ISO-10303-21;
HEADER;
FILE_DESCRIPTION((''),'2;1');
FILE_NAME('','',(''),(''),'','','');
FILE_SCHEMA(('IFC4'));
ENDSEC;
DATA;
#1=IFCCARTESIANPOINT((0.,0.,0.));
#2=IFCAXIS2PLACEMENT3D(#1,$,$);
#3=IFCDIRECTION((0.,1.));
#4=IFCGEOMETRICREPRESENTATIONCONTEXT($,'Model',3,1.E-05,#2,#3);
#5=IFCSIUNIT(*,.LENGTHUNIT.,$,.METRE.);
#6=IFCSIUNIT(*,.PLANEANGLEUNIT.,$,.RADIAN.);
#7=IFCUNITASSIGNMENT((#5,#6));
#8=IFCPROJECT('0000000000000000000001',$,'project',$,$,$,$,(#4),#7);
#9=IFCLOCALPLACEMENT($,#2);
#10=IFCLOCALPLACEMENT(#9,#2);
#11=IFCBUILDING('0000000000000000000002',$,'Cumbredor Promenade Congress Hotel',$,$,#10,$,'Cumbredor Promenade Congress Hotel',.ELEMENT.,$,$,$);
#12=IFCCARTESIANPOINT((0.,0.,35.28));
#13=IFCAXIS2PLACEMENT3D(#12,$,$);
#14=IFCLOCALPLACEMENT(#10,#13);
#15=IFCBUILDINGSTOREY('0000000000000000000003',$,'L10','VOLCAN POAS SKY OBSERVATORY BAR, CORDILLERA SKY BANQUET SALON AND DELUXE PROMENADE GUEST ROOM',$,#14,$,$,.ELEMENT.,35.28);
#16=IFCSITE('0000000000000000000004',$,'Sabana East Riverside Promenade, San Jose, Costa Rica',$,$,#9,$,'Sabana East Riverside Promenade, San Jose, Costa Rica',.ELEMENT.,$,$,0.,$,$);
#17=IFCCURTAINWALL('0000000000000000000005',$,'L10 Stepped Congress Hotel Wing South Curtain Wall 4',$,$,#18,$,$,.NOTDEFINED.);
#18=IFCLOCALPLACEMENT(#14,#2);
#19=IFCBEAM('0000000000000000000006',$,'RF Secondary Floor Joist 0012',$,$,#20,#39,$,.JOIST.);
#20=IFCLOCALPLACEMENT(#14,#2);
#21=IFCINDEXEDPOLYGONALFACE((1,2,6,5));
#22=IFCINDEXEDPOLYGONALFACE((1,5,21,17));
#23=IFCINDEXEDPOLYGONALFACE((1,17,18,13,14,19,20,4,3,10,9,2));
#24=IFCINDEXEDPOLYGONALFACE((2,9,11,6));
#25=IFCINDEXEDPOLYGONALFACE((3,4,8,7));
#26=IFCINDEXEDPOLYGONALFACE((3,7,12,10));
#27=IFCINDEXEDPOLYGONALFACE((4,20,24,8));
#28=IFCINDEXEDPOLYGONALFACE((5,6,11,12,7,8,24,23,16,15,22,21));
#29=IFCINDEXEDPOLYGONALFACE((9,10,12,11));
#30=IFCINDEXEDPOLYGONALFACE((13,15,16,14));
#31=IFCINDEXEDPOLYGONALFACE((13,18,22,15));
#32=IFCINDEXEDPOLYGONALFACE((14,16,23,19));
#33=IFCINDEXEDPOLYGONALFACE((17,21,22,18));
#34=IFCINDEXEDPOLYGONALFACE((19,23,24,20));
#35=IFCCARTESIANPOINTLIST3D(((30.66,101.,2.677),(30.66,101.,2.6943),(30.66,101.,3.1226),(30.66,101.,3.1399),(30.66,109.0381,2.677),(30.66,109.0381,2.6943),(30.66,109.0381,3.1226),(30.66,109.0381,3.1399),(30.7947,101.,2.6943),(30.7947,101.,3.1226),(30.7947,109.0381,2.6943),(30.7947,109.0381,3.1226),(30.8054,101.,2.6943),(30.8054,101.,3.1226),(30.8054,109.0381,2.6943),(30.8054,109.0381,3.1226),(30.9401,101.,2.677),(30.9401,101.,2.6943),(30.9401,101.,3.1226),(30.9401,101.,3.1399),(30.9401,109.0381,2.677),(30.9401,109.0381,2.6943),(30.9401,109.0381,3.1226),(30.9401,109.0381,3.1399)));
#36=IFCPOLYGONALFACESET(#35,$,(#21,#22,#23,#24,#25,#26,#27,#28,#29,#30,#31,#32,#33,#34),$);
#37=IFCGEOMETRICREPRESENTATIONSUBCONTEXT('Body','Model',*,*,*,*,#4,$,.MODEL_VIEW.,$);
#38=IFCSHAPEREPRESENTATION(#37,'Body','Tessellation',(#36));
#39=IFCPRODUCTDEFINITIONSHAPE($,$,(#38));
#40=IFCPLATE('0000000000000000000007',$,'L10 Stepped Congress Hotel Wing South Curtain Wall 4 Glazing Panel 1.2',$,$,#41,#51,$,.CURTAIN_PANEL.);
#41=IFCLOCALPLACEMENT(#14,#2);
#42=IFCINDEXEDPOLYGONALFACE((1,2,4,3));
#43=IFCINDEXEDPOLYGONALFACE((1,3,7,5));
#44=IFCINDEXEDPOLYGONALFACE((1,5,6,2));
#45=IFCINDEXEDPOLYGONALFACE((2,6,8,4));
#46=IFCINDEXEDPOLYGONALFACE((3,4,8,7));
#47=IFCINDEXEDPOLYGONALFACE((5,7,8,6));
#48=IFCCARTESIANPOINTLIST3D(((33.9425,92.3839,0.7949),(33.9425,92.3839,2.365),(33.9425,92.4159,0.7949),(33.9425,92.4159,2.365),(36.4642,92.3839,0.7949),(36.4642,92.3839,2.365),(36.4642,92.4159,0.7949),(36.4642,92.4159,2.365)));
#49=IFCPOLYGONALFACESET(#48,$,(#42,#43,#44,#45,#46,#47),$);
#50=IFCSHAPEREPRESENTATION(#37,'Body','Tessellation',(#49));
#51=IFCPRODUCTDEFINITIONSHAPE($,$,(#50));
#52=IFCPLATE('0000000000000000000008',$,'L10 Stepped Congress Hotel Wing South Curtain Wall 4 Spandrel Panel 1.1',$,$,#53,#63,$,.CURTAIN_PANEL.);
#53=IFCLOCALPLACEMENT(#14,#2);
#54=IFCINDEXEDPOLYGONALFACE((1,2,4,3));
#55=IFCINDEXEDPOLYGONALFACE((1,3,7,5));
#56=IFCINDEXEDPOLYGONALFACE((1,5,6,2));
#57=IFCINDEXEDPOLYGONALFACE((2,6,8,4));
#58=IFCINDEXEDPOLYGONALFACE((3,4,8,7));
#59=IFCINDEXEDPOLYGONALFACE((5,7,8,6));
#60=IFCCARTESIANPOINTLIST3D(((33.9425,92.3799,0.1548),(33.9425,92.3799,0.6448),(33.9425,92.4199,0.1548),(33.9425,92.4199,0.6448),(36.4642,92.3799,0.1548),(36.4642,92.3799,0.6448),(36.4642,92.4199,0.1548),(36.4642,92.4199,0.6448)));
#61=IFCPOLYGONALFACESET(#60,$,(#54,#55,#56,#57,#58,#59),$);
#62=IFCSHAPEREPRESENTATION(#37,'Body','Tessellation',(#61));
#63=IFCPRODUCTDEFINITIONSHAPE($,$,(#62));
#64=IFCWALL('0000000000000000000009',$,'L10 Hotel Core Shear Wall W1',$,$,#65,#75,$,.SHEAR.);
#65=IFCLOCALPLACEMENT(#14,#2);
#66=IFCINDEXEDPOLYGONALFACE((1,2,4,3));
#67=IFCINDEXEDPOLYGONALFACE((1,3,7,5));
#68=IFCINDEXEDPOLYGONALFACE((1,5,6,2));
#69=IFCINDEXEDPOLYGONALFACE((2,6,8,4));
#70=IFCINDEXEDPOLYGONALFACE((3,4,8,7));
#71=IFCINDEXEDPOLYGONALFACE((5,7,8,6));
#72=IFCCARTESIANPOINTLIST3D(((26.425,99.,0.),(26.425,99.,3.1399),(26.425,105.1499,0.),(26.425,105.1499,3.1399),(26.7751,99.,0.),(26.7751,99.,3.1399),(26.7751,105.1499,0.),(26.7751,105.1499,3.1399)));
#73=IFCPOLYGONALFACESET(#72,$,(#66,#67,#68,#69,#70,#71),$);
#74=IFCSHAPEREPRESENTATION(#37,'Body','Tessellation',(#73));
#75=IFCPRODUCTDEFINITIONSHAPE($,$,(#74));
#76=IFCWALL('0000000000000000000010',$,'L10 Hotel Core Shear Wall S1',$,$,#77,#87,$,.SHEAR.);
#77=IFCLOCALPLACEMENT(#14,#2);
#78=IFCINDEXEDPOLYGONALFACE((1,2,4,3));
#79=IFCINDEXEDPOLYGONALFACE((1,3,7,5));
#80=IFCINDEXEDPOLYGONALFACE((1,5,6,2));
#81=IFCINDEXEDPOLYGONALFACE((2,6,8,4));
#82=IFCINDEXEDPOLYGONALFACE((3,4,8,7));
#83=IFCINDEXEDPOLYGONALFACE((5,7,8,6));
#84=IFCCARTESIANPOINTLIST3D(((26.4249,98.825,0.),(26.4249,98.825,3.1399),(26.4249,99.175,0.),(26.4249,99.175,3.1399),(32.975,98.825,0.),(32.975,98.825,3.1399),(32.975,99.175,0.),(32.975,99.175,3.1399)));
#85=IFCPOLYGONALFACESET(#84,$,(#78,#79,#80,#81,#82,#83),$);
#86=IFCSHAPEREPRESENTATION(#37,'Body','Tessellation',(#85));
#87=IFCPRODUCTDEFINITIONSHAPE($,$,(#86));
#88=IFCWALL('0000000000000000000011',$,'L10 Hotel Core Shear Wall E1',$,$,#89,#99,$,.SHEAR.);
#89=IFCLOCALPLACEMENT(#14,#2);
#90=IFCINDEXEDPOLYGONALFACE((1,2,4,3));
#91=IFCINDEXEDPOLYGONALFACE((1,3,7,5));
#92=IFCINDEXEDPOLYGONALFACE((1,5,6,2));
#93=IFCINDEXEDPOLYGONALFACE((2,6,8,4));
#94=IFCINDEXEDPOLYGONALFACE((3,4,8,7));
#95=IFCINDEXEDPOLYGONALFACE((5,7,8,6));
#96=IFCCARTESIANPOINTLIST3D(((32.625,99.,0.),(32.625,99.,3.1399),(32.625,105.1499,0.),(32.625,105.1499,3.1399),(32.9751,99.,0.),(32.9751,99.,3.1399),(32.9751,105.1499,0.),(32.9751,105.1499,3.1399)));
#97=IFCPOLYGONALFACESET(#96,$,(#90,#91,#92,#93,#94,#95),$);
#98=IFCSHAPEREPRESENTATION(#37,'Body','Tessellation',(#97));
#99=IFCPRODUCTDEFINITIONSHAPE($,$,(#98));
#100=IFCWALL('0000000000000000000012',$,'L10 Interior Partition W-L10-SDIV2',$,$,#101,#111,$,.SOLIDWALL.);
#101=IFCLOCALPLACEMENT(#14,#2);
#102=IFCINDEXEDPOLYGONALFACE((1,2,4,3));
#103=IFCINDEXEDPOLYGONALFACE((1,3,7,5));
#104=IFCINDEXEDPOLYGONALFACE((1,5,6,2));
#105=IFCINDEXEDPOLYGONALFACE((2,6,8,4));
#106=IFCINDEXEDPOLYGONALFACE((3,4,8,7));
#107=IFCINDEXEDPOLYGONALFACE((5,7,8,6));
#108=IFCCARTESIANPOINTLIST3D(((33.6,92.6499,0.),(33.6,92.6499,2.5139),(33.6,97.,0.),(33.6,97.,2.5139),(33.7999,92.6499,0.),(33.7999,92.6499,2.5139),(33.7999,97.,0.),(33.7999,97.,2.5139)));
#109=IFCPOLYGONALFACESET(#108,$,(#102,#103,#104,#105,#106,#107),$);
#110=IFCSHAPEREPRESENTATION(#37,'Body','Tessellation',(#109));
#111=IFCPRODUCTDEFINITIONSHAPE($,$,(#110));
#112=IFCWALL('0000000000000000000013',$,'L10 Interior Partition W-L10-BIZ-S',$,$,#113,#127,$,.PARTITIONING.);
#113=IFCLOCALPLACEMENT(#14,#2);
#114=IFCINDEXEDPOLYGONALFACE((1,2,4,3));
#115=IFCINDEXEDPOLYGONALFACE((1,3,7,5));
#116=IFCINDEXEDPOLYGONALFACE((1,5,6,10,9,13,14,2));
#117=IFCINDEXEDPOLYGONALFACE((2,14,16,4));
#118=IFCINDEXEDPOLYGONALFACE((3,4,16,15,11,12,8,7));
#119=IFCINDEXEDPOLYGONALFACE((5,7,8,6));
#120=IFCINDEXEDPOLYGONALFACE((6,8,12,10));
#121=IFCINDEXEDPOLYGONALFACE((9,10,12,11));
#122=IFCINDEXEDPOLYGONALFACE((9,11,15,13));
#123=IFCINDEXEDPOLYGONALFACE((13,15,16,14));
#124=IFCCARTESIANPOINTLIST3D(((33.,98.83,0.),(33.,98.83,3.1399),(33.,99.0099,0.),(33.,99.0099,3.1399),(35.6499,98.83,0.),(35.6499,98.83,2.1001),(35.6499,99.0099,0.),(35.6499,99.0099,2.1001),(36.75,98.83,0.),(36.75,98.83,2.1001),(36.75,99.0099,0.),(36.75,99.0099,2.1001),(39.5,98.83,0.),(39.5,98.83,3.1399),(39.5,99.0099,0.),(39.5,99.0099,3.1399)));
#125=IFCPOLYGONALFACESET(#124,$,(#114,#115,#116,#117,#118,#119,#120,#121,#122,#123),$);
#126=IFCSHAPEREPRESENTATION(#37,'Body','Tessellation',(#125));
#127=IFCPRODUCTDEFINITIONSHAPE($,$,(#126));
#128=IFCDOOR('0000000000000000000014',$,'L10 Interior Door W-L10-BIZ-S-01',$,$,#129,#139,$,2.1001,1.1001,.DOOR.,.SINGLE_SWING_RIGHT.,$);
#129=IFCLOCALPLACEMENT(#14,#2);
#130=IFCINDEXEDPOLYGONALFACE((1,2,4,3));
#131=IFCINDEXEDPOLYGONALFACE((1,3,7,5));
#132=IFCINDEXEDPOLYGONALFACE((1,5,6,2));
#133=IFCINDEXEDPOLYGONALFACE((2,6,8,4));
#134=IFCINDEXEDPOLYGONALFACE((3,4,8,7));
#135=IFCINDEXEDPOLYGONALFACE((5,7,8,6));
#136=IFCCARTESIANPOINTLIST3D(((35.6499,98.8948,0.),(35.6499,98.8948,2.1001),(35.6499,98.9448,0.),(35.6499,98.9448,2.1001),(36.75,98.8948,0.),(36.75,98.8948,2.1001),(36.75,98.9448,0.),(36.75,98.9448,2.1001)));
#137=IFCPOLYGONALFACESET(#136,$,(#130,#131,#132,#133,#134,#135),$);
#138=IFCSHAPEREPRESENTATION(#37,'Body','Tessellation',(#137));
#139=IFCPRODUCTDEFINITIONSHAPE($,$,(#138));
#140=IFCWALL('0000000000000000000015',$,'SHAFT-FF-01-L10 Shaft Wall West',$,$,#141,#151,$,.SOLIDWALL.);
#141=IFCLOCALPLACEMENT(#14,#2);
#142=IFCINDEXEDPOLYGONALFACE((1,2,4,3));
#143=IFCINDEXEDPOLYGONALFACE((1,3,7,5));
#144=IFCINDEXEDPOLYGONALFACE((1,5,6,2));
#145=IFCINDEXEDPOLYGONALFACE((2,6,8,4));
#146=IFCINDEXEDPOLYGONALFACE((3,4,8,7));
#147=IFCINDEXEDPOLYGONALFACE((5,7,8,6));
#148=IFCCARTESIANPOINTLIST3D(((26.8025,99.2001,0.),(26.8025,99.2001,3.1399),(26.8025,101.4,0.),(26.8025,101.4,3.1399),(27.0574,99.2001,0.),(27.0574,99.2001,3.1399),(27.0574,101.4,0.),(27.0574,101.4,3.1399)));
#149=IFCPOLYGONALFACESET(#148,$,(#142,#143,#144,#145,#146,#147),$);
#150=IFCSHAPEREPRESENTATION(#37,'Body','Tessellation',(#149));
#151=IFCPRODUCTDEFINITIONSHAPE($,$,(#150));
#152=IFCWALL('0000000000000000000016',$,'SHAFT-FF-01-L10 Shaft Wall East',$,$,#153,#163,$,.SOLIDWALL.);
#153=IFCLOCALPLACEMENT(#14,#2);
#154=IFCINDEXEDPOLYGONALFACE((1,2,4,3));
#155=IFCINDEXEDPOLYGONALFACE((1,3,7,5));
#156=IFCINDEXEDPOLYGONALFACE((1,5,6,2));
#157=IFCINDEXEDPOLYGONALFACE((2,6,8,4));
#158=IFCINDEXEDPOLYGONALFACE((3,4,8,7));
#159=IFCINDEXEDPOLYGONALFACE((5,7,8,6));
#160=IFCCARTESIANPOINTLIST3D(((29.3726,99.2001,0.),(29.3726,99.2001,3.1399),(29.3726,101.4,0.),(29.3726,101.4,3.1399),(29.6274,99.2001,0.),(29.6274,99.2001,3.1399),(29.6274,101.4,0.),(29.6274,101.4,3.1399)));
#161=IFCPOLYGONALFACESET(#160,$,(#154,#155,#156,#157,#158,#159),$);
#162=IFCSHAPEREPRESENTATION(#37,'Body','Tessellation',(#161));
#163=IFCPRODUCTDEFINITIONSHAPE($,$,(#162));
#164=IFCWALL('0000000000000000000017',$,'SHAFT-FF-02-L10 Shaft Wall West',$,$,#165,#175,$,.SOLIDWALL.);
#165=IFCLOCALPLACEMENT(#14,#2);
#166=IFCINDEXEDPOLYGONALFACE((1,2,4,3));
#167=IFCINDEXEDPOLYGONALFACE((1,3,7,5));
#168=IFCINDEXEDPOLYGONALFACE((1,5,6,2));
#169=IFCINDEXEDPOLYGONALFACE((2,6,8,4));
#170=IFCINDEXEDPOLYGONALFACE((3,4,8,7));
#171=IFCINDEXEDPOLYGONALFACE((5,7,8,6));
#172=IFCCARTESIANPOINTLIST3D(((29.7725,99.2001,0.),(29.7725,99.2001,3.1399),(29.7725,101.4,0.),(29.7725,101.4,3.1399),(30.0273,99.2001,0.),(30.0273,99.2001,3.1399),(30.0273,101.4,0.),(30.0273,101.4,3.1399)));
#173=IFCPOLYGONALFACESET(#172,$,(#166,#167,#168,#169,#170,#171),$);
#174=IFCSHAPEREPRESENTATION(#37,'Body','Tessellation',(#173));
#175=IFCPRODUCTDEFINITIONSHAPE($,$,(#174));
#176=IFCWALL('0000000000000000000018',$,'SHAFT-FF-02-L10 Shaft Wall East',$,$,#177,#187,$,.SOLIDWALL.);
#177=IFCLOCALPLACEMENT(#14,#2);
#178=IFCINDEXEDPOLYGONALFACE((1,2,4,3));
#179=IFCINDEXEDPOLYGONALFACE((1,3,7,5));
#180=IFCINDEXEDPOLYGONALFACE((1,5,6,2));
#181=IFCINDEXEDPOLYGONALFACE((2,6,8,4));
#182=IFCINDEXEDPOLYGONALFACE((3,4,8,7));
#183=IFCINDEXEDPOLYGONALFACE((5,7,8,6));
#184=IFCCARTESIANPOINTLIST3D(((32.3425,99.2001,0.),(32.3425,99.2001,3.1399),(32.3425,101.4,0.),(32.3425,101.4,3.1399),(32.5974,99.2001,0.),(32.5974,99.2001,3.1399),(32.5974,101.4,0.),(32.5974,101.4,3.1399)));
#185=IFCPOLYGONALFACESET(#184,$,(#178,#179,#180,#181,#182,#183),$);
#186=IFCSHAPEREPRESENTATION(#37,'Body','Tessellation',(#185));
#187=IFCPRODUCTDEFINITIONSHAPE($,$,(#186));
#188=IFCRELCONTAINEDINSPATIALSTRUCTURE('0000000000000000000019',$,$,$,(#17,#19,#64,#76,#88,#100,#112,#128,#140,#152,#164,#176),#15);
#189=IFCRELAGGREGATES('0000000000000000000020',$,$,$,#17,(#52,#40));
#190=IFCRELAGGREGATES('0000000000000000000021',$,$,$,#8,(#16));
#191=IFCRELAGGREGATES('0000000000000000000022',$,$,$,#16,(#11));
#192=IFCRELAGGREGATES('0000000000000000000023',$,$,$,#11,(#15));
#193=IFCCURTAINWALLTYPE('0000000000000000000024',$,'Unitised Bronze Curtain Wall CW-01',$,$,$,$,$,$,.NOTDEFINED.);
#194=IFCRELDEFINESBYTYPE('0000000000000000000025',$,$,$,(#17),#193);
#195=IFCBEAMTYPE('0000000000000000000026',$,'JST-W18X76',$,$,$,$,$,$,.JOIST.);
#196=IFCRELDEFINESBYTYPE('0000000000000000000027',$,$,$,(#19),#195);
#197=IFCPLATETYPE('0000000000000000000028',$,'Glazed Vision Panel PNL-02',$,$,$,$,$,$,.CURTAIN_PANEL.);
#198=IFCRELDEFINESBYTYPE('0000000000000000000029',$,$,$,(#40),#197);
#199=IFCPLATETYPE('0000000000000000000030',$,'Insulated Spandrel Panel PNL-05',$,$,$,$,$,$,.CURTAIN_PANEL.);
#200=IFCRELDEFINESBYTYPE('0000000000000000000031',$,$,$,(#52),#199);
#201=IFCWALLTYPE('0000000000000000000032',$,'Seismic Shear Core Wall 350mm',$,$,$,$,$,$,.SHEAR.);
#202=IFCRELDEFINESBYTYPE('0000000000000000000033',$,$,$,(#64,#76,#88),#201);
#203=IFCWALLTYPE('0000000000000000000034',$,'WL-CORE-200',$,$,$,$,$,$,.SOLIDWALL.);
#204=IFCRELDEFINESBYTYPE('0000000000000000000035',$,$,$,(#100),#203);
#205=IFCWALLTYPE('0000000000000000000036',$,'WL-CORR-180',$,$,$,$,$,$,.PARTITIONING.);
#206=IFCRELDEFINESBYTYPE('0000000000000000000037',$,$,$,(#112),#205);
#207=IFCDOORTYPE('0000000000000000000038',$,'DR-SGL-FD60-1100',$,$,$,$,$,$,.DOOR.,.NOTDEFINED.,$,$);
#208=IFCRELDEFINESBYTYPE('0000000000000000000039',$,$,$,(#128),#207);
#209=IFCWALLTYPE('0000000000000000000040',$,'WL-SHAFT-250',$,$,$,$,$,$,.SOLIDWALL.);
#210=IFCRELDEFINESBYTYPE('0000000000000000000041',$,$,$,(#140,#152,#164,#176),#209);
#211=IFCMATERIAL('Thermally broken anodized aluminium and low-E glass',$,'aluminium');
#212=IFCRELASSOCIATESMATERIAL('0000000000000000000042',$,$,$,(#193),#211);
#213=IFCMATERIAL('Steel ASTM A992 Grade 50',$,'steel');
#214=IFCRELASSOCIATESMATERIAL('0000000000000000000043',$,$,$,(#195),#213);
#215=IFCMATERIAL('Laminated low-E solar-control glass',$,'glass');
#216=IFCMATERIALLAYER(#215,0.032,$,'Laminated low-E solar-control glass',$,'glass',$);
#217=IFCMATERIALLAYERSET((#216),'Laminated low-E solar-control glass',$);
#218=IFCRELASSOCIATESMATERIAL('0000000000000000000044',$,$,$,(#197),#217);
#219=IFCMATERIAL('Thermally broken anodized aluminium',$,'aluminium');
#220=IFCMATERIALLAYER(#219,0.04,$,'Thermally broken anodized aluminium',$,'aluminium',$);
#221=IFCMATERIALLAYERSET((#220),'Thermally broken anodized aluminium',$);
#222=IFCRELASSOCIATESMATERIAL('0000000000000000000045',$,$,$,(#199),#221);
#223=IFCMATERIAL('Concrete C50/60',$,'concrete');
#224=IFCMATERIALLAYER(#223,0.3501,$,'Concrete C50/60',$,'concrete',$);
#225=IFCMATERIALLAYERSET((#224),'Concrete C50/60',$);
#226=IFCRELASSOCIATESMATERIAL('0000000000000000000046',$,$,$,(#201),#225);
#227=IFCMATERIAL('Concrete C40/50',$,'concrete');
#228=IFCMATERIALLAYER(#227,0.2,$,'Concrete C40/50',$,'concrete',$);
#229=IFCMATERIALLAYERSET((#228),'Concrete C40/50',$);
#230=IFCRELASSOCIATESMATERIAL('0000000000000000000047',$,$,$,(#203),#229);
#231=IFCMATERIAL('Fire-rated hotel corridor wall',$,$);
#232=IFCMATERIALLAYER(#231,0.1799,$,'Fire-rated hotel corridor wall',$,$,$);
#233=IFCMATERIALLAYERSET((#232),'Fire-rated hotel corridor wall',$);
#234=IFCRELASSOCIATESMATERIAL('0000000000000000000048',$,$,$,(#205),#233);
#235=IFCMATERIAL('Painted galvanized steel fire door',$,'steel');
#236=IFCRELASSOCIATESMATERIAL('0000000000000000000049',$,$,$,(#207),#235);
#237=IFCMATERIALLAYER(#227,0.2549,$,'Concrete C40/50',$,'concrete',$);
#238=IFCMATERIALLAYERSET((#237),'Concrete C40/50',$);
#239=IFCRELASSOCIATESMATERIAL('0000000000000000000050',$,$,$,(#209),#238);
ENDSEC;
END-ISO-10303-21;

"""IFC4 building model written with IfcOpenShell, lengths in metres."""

from ifc_helpers import new_model, si_unit, direction, frame, frame_2d, origin, origin_2d, place, context, subcontext, project, spatial, rectangle, i_section, extrude, material, layer, layer_set, material_profile, profile_set, type_object, element, fill, aggregate, save


model = new_model("IFC4")

# Units and contexts
model_context = context("Model", 3, precision=1e-05, world=origin(), true_north=direction((0.0, 1.0)))
body_context = subcontext(model_context, "Body", "Model", "MODEL_VIEW")
ifc_project = project(units=[si_unit("LENGTHUNIT", "METRE"), si_unit("PLANEANGLEUNIT", "RADIAN")], contexts=[model_context])

# Site, building, storey
site_placement = place(None, origin())
site = spatial("IfcSite", under=ifc_project, at=site_placement, Name="Sabana East Riverside Promenade, San Jose, Costa Rica", LongName="Sabana East Riverside Promenade, San Jose, Costa Rica", CompositionType="ELEMENT", RefElevation=0.0)
building_placement = place(site_placement, origin())
building = spatial("IfcBuilding", under=site, at=building_placement, Name="Cumbredor Promenade Congress Hotel", LongName="Cumbredor Promenade Congress Hotel", CompositionType="ELEMENT")
storey_placement = place(building_placement, frame((0.0, 0.0, 35.28)))
storey = spatial("IfcBuildingStorey", under=building, at=storey_placement, Name="L10", Description="VOLCAN POAS SKY OBSERVATORY BAR, CORDILLERA SKY BANQUET SALON AND DELUXE PROMENADE GUEST ROOM", CompositionType="ELEMENT", Elevation=35.28)

# Shared definitions
ifc_material_1 = material(Name="Concrete C40/50", Category="concrete")

# Curtain wall
ifc_material_2 = material(Name="Thermally broken anodized aluminium and low-E glass", Category="aluminium")
curtain_wall_type = type_object("IfcCurtainWallType", Name="Unitised Bronze Curtain Wall CW-01", PredefinedType="NOTDEFINED", material=ifc_material_2)
curtain_wall_placement = place(storey_placement, origin())
curtain_wall = element("IfcCurtainWall", 1, at=curtain_wall_placement, inside=storey, type_object=curtain_wall_type, Name="L10 Stepped Congress Hotel Wing South Curtain Wall 4", PredefinedType="NOTDEFINED")
ifc_material_3 = material(Name="Thermally broken anodized aluminium", Category="aluminium")

# Beam
ifc_material_4 = material(Name="Steel ASTM A992 Grade 50", Category="steel")
ifc_material_profile_1 = material_profile(ifc_material_4, i_section(OverallWidth=0.28, OverallDepth=0.4629, WebThickness=0.0107, FlangeThickness=0.0173, at=origin_2d()), Name="W18X76")
ifc_profile_set_1 = profile_set([ifc_material_profile_1], Name="Steel ASTM A992 Grade 50")
beam_type_1 = type_object("IfcBeamType", Name="JST-W18X76", PredefinedType="JOIST", material=ifc_profile_set_1)
for number, where, z_axis, x_axis, name in (
    (2, (30.8, 101.0, 2.9084), (0.0, 1.0, 0.0), (-1.0, 0.0, 0.0), "RF Secondary Floor Joist 0012"),
):
    element("IfcBeam", number, at=place(storey_placement, frame(where, z_axis=z_axis, x_axis=x_axis)), inside=storey, type_object=beam_type_1, Name=name, PredefinedType="JOIST", context=body_context, shape_type="SweptSolid", body=[
        extrude(i_section(OverallWidth=0.28, OverallDepth=0.4629, WebThickness=0.0107, FlangeThickness=0.0173, at=origin_2d()), origin(), (0.0, 0.0, 1.0), 8.0381),
    ])

# Plates
ifc_material_5 = material(Name="Laminated low-E solar-control glass", Category="glass")
ifc_layer_1 = layer(ifc_material_5, 0.032, Name="Laminated low-E solar-control glass", Category="glass")
ifc_layer_set_1 = layer_set([ifc_layer_1], Name="Laminated low-E solar-control glass")
plate_type_1 = type_object("IfcPlateType", Name="Glazed Vision Panel PNL-02", PredefinedType="CURTAIN_PANEL", material=ifc_layer_set_1)
plate_1_placement = place(storey_placement, frame((35.2034, 92.3999, 0.7949), z_axis=(0.0, 0.0, 1.0), x_axis=(1.0, 0.0, 0.0)))
plate_1 = element("IfcPlate", 3, at=plate_1_placement, type_object=plate_type_1, Name="L10 Stepped Congress Hotel Wing South Curtain Wall 4 Glazing Panel 1.2", PredefinedType="CURTAIN_PANEL", context=body_context, shape_type="SweptSolid", body=[
    extrude(rectangle(XDim=2.5217, YDim=0.032, at=origin_2d()), origin(), (0.0, 0.0, 1.0), 1.5701),
])
ifc_layer_2 = layer(ifc_material_3, 0.04, Name="Thermally broken anodized aluminium", Category="aluminium")
ifc_layer_set_2 = layer_set([ifc_layer_2], Name="Thermally broken anodized aluminium")
plate_type_2 = type_object("IfcPlateType", Name="Insulated Spandrel Panel PNL-05", PredefinedType="CURTAIN_PANEL", material=ifc_layer_set_2)
plate_2_placement = place(storey_placement, frame((35.2034, 92.3999, 0.1548), z_axis=(0.0, 0.0, 1.0), x_axis=(1.0, 0.0, 0.0)))
plate_2 = element("IfcPlate", 4, at=plate_2_placement, type_object=plate_type_2, Name="L10 Stepped Congress Hotel Wing South Curtain Wall 4 Spandrel Panel 1.1", PredefinedType="CURTAIN_PANEL", context=body_context, shape_type="SweptSolid", body=[
    extrude(rectangle(XDim=2.5217, YDim=0.04, at=origin_2d()), origin(), (0.0, 0.0, 1.0), 0.49),
])
aggregate(curtain_wall, [plate_2, plate_1])

# Walls
ifc_material_6 = material(Name="Concrete C50/60", Category="concrete")
ifc_layer_3 = layer(ifc_material_6, 0.3501, Name="Concrete C50/60", Category="concrete")
ifc_layer_set_3 = layer_set([ifc_layer_3], Name="Concrete C50/60")
wall_type_1 = type_object("IfcWallType", Name="Seismic Shear Core Wall 350mm", PredefinedType="SHEAR", material=ifc_layer_set_3)
wall_1_placement = place(storey_placement, frame((26.6001, 99.0, 0.0), z_axis=(0.0, 0.0, 1.0), x_axis=(0.0, 1.0, 0.0)))
element("IfcWall", 5, at=wall_1_placement, inside=storey, type_object=wall_type_1, Name="L10 Hotel Core Shear Wall W1", PredefinedType="SHEAR", context=body_context, shape_type="SweptSolid", body=[
    extrude(rectangle(XDim=6.1499, YDim=0.3501, at=frame_2d((3.075, 0.0))), origin(), (0.0, 0.0, 1.0), 3.1399),
])
wall_2_placement = place(storey_placement, frame((26.425, 99.0, 0.0), z_axis=(0.0, 0.0, 1.0), x_axis=(1.0, 0.0, 0.0)))
element("IfcWall", 6, at=wall_2_placement, inside=storey, type_object=wall_type_1, Name="L10 Hotel Core Shear Wall S1", PredefinedType="SHEAR", context=body_context, shape_type="SweptSolid", body=[
    extrude(rectangle(XDim=6.55, YDim=0.3501, at=frame_2d((3.2749, 0.0))), origin(), (0.0, 0.0, 1.0), 3.1399),
])
wall_3_placement = place(storey_placement, frame((32.8, 99.0, 0.0), z_axis=(0.0, 0.0, 1.0), x_axis=(0.0, 1.0, 0.0)))
element("IfcWall", 7, at=wall_3_placement, inside=storey, type_object=wall_type_1, Name="L10 Hotel Core Shear Wall E1", PredefinedType="SHEAR", context=body_context, shape_type="SweptSolid", body=[
    extrude(rectangle(XDim=6.1499, YDim=0.3501, at=frame_2d((3.075, 0.0))), origin(), (0.0, 0.0, 1.0), 3.1399),
])
ifc_layer_4 = layer(ifc_material_1, 0.2, Name="Concrete C40/50", Category="concrete")
ifc_layer_set_4 = layer_set([ifc_layer_4], Name="Concrete C40/50")
wall_type_2 = type_object("IfcWallType", Name="WL-CORE-200", PredefinedType="SOLIDWALL", material=ifc_layer_set_4)
wall_4_placement = place(storey_placement, frame((33.7, 92.6499, 0.0), z_axis=(0.0, 0.0, 1.0), x_axis=(0.0, 1.0, 0.0)))
element("IfcWall", 8, at=wall_4_placement, inside=storey, type_object=wall_type_2, Name="L10 Interior Partition W-L10-SDIV2", PredefinedType="SOLIDWALL", context=body_context, shape_type="SweptSolid", body=[
    extrude(rectangle(XDim=4.3501, YDim=0.2, at=frame_2d((2.175, 0.0))), origin(), (0.0, 0.0, 1.0), 2.5139),
])

# Wall, opening, door
ifc_material_7 = material(Name="Fire-rated hotel corridor wall")
ifc_layer_5 = layer(ifc_material_7, 0.1799, Name="Fire-rated hotel corridor wall")
ifc_layer_set_5 = layer_set([ifc_layer_5], Name="Fire-rated hotel corridor wall")
wall_type_3 = type_object("IfcWallType", Name="WL-CORR-180", PredefinedType="PARTITIONING", material=ifc_layer_set_5)
wall_5_placement = place(storey_placement, frame((33.0, 98.9199, 0.0), z_axis=(0.0, 0.0, 1.0), x_axis=(1.0, 0.0, 0.0)))
wall_5 = element("IfcWall", 9, at=wall_5_placement, inside=storey, type_object=wall_type_3, Name="L10 Interior Partition W-L10-BIZ-S", PredefinedType="PARTITIONING", context=body_context, shape_type="SweptSolid", body=[
    extrude(rectangle(XDim=6.5, YDim=0.1799, at=frame_2d((3.25, 0.0))), origin(), (0.0, 0.0, 1.0), 3.1399),
])
opening_placement = place(wall_5_placement, frame((2.6499, 0.0, 0.0)))
opening = element("IfcOpeningElement", 10, at=opening_placement, cuts=wall_5, PredefinedType="OPENING", context=body_context, shape_type="SweptSolid", body=[
    extrude(rectangle(XDim=1.1001, YDim=2.1001, at=frame_2d((0.55, 1.05))), frame((0.0, 0.1001, 0.0), z_axis=(0.0, -1.0, 0.0), x_axis=(1.0, 0.0, 0.0)), (0.0, 0.0, 1.0), 0.2),
])
ifc_material_8 = material(Name="Painted galvanized steel fire door", Category="steel")
door_type = type_object("IfcDoorType", Name="DR-SGL-FD60-1100", OperationType="NOTDEFINED", PredefinedType="DOOR", material=ifc_material_8)
door_placement = place(opening_placement, origin())
door = element("IfcDoor", 11, at=door_placement, inside=storey, type_object=door_type, Name="L10 Interior Door W-L10-BIZ-S-01", OperationType="SINGLE_SWING_RIGHT", OverallHeight=2.1001, OverallWidth=1.1001, PredefinedType="DOOR", context=body_context, shape_type="SweptSolid", body=[
    extrude(rectangle(XDim=1.1001, YDim=2.1001, at=frame_2d((0.55, 1.05))), frame((0.0, 0.0249, 0.0), z_axis=(0.0, -1.0, 0.0), x_axis=(1.0, 0.0, 0.0)), (0.0, 0.0, 1.0), 0.05),
])
fill(opening, door)

# Walls
ifc_layer_6 = layer(ifc_material_1, 0.2549, Name="Concrete C40/50", Category="concrete")
ifc_layer_set_6 = layer_set([ifc_layer_6], Name="Concrete C40/50")
wall_type_4 = type_object("IfcWallType", Name="WL-SHAFT-250", PredefinedType="SOLIDWALL", material=ifc_layer_set_6)
for number, where, z_axis, x_axis, name in (
    (12, (26.9299, 99.2, 0.0), (0.0, 0.0, 1.0), (0.0, 1.0, 0.0), "SHAFT-FF-01-L10 Shaft Wall West"),
    (13, (29.5, 99.2, 0.0), (0.0, 0.0, 1.0), (0.0, 1.0, 0.0), "SHAFT-FF-01-L10 Shaft Wall East"),
    (14, (29.8999, 99.2, 0.0), (0.0, 0.0, 1.0), (0.0, 1.0, 0.0), "SHAFT-FF-02-L10 Shaft Wall West"),
    (15, (32.47, 99.2, 0.0), (0.0, 0.0, 1.0), (0.0, 1.0, 0.0), "SHAFT-FF-02-L10 Shaft Wall East"),
):
    element("IfcWall", number, at=place(storey_placement, frame(where, z_axis=z_axis, x_axis=x_axis)), inside=storey, type_object=wall_type_4, Name=name, PredefinedType="SOLIDWALL", context=body_context, shape_type="SweptSolid", body=[
        extrude(rectangle(XDim=2.2, YDim=0.2549, at=frame_2d((1.1001, 0.0))), origin(), (0.0, 0.0, 1.0), 3.1399),
    ])

save(model, "model.ifc")
